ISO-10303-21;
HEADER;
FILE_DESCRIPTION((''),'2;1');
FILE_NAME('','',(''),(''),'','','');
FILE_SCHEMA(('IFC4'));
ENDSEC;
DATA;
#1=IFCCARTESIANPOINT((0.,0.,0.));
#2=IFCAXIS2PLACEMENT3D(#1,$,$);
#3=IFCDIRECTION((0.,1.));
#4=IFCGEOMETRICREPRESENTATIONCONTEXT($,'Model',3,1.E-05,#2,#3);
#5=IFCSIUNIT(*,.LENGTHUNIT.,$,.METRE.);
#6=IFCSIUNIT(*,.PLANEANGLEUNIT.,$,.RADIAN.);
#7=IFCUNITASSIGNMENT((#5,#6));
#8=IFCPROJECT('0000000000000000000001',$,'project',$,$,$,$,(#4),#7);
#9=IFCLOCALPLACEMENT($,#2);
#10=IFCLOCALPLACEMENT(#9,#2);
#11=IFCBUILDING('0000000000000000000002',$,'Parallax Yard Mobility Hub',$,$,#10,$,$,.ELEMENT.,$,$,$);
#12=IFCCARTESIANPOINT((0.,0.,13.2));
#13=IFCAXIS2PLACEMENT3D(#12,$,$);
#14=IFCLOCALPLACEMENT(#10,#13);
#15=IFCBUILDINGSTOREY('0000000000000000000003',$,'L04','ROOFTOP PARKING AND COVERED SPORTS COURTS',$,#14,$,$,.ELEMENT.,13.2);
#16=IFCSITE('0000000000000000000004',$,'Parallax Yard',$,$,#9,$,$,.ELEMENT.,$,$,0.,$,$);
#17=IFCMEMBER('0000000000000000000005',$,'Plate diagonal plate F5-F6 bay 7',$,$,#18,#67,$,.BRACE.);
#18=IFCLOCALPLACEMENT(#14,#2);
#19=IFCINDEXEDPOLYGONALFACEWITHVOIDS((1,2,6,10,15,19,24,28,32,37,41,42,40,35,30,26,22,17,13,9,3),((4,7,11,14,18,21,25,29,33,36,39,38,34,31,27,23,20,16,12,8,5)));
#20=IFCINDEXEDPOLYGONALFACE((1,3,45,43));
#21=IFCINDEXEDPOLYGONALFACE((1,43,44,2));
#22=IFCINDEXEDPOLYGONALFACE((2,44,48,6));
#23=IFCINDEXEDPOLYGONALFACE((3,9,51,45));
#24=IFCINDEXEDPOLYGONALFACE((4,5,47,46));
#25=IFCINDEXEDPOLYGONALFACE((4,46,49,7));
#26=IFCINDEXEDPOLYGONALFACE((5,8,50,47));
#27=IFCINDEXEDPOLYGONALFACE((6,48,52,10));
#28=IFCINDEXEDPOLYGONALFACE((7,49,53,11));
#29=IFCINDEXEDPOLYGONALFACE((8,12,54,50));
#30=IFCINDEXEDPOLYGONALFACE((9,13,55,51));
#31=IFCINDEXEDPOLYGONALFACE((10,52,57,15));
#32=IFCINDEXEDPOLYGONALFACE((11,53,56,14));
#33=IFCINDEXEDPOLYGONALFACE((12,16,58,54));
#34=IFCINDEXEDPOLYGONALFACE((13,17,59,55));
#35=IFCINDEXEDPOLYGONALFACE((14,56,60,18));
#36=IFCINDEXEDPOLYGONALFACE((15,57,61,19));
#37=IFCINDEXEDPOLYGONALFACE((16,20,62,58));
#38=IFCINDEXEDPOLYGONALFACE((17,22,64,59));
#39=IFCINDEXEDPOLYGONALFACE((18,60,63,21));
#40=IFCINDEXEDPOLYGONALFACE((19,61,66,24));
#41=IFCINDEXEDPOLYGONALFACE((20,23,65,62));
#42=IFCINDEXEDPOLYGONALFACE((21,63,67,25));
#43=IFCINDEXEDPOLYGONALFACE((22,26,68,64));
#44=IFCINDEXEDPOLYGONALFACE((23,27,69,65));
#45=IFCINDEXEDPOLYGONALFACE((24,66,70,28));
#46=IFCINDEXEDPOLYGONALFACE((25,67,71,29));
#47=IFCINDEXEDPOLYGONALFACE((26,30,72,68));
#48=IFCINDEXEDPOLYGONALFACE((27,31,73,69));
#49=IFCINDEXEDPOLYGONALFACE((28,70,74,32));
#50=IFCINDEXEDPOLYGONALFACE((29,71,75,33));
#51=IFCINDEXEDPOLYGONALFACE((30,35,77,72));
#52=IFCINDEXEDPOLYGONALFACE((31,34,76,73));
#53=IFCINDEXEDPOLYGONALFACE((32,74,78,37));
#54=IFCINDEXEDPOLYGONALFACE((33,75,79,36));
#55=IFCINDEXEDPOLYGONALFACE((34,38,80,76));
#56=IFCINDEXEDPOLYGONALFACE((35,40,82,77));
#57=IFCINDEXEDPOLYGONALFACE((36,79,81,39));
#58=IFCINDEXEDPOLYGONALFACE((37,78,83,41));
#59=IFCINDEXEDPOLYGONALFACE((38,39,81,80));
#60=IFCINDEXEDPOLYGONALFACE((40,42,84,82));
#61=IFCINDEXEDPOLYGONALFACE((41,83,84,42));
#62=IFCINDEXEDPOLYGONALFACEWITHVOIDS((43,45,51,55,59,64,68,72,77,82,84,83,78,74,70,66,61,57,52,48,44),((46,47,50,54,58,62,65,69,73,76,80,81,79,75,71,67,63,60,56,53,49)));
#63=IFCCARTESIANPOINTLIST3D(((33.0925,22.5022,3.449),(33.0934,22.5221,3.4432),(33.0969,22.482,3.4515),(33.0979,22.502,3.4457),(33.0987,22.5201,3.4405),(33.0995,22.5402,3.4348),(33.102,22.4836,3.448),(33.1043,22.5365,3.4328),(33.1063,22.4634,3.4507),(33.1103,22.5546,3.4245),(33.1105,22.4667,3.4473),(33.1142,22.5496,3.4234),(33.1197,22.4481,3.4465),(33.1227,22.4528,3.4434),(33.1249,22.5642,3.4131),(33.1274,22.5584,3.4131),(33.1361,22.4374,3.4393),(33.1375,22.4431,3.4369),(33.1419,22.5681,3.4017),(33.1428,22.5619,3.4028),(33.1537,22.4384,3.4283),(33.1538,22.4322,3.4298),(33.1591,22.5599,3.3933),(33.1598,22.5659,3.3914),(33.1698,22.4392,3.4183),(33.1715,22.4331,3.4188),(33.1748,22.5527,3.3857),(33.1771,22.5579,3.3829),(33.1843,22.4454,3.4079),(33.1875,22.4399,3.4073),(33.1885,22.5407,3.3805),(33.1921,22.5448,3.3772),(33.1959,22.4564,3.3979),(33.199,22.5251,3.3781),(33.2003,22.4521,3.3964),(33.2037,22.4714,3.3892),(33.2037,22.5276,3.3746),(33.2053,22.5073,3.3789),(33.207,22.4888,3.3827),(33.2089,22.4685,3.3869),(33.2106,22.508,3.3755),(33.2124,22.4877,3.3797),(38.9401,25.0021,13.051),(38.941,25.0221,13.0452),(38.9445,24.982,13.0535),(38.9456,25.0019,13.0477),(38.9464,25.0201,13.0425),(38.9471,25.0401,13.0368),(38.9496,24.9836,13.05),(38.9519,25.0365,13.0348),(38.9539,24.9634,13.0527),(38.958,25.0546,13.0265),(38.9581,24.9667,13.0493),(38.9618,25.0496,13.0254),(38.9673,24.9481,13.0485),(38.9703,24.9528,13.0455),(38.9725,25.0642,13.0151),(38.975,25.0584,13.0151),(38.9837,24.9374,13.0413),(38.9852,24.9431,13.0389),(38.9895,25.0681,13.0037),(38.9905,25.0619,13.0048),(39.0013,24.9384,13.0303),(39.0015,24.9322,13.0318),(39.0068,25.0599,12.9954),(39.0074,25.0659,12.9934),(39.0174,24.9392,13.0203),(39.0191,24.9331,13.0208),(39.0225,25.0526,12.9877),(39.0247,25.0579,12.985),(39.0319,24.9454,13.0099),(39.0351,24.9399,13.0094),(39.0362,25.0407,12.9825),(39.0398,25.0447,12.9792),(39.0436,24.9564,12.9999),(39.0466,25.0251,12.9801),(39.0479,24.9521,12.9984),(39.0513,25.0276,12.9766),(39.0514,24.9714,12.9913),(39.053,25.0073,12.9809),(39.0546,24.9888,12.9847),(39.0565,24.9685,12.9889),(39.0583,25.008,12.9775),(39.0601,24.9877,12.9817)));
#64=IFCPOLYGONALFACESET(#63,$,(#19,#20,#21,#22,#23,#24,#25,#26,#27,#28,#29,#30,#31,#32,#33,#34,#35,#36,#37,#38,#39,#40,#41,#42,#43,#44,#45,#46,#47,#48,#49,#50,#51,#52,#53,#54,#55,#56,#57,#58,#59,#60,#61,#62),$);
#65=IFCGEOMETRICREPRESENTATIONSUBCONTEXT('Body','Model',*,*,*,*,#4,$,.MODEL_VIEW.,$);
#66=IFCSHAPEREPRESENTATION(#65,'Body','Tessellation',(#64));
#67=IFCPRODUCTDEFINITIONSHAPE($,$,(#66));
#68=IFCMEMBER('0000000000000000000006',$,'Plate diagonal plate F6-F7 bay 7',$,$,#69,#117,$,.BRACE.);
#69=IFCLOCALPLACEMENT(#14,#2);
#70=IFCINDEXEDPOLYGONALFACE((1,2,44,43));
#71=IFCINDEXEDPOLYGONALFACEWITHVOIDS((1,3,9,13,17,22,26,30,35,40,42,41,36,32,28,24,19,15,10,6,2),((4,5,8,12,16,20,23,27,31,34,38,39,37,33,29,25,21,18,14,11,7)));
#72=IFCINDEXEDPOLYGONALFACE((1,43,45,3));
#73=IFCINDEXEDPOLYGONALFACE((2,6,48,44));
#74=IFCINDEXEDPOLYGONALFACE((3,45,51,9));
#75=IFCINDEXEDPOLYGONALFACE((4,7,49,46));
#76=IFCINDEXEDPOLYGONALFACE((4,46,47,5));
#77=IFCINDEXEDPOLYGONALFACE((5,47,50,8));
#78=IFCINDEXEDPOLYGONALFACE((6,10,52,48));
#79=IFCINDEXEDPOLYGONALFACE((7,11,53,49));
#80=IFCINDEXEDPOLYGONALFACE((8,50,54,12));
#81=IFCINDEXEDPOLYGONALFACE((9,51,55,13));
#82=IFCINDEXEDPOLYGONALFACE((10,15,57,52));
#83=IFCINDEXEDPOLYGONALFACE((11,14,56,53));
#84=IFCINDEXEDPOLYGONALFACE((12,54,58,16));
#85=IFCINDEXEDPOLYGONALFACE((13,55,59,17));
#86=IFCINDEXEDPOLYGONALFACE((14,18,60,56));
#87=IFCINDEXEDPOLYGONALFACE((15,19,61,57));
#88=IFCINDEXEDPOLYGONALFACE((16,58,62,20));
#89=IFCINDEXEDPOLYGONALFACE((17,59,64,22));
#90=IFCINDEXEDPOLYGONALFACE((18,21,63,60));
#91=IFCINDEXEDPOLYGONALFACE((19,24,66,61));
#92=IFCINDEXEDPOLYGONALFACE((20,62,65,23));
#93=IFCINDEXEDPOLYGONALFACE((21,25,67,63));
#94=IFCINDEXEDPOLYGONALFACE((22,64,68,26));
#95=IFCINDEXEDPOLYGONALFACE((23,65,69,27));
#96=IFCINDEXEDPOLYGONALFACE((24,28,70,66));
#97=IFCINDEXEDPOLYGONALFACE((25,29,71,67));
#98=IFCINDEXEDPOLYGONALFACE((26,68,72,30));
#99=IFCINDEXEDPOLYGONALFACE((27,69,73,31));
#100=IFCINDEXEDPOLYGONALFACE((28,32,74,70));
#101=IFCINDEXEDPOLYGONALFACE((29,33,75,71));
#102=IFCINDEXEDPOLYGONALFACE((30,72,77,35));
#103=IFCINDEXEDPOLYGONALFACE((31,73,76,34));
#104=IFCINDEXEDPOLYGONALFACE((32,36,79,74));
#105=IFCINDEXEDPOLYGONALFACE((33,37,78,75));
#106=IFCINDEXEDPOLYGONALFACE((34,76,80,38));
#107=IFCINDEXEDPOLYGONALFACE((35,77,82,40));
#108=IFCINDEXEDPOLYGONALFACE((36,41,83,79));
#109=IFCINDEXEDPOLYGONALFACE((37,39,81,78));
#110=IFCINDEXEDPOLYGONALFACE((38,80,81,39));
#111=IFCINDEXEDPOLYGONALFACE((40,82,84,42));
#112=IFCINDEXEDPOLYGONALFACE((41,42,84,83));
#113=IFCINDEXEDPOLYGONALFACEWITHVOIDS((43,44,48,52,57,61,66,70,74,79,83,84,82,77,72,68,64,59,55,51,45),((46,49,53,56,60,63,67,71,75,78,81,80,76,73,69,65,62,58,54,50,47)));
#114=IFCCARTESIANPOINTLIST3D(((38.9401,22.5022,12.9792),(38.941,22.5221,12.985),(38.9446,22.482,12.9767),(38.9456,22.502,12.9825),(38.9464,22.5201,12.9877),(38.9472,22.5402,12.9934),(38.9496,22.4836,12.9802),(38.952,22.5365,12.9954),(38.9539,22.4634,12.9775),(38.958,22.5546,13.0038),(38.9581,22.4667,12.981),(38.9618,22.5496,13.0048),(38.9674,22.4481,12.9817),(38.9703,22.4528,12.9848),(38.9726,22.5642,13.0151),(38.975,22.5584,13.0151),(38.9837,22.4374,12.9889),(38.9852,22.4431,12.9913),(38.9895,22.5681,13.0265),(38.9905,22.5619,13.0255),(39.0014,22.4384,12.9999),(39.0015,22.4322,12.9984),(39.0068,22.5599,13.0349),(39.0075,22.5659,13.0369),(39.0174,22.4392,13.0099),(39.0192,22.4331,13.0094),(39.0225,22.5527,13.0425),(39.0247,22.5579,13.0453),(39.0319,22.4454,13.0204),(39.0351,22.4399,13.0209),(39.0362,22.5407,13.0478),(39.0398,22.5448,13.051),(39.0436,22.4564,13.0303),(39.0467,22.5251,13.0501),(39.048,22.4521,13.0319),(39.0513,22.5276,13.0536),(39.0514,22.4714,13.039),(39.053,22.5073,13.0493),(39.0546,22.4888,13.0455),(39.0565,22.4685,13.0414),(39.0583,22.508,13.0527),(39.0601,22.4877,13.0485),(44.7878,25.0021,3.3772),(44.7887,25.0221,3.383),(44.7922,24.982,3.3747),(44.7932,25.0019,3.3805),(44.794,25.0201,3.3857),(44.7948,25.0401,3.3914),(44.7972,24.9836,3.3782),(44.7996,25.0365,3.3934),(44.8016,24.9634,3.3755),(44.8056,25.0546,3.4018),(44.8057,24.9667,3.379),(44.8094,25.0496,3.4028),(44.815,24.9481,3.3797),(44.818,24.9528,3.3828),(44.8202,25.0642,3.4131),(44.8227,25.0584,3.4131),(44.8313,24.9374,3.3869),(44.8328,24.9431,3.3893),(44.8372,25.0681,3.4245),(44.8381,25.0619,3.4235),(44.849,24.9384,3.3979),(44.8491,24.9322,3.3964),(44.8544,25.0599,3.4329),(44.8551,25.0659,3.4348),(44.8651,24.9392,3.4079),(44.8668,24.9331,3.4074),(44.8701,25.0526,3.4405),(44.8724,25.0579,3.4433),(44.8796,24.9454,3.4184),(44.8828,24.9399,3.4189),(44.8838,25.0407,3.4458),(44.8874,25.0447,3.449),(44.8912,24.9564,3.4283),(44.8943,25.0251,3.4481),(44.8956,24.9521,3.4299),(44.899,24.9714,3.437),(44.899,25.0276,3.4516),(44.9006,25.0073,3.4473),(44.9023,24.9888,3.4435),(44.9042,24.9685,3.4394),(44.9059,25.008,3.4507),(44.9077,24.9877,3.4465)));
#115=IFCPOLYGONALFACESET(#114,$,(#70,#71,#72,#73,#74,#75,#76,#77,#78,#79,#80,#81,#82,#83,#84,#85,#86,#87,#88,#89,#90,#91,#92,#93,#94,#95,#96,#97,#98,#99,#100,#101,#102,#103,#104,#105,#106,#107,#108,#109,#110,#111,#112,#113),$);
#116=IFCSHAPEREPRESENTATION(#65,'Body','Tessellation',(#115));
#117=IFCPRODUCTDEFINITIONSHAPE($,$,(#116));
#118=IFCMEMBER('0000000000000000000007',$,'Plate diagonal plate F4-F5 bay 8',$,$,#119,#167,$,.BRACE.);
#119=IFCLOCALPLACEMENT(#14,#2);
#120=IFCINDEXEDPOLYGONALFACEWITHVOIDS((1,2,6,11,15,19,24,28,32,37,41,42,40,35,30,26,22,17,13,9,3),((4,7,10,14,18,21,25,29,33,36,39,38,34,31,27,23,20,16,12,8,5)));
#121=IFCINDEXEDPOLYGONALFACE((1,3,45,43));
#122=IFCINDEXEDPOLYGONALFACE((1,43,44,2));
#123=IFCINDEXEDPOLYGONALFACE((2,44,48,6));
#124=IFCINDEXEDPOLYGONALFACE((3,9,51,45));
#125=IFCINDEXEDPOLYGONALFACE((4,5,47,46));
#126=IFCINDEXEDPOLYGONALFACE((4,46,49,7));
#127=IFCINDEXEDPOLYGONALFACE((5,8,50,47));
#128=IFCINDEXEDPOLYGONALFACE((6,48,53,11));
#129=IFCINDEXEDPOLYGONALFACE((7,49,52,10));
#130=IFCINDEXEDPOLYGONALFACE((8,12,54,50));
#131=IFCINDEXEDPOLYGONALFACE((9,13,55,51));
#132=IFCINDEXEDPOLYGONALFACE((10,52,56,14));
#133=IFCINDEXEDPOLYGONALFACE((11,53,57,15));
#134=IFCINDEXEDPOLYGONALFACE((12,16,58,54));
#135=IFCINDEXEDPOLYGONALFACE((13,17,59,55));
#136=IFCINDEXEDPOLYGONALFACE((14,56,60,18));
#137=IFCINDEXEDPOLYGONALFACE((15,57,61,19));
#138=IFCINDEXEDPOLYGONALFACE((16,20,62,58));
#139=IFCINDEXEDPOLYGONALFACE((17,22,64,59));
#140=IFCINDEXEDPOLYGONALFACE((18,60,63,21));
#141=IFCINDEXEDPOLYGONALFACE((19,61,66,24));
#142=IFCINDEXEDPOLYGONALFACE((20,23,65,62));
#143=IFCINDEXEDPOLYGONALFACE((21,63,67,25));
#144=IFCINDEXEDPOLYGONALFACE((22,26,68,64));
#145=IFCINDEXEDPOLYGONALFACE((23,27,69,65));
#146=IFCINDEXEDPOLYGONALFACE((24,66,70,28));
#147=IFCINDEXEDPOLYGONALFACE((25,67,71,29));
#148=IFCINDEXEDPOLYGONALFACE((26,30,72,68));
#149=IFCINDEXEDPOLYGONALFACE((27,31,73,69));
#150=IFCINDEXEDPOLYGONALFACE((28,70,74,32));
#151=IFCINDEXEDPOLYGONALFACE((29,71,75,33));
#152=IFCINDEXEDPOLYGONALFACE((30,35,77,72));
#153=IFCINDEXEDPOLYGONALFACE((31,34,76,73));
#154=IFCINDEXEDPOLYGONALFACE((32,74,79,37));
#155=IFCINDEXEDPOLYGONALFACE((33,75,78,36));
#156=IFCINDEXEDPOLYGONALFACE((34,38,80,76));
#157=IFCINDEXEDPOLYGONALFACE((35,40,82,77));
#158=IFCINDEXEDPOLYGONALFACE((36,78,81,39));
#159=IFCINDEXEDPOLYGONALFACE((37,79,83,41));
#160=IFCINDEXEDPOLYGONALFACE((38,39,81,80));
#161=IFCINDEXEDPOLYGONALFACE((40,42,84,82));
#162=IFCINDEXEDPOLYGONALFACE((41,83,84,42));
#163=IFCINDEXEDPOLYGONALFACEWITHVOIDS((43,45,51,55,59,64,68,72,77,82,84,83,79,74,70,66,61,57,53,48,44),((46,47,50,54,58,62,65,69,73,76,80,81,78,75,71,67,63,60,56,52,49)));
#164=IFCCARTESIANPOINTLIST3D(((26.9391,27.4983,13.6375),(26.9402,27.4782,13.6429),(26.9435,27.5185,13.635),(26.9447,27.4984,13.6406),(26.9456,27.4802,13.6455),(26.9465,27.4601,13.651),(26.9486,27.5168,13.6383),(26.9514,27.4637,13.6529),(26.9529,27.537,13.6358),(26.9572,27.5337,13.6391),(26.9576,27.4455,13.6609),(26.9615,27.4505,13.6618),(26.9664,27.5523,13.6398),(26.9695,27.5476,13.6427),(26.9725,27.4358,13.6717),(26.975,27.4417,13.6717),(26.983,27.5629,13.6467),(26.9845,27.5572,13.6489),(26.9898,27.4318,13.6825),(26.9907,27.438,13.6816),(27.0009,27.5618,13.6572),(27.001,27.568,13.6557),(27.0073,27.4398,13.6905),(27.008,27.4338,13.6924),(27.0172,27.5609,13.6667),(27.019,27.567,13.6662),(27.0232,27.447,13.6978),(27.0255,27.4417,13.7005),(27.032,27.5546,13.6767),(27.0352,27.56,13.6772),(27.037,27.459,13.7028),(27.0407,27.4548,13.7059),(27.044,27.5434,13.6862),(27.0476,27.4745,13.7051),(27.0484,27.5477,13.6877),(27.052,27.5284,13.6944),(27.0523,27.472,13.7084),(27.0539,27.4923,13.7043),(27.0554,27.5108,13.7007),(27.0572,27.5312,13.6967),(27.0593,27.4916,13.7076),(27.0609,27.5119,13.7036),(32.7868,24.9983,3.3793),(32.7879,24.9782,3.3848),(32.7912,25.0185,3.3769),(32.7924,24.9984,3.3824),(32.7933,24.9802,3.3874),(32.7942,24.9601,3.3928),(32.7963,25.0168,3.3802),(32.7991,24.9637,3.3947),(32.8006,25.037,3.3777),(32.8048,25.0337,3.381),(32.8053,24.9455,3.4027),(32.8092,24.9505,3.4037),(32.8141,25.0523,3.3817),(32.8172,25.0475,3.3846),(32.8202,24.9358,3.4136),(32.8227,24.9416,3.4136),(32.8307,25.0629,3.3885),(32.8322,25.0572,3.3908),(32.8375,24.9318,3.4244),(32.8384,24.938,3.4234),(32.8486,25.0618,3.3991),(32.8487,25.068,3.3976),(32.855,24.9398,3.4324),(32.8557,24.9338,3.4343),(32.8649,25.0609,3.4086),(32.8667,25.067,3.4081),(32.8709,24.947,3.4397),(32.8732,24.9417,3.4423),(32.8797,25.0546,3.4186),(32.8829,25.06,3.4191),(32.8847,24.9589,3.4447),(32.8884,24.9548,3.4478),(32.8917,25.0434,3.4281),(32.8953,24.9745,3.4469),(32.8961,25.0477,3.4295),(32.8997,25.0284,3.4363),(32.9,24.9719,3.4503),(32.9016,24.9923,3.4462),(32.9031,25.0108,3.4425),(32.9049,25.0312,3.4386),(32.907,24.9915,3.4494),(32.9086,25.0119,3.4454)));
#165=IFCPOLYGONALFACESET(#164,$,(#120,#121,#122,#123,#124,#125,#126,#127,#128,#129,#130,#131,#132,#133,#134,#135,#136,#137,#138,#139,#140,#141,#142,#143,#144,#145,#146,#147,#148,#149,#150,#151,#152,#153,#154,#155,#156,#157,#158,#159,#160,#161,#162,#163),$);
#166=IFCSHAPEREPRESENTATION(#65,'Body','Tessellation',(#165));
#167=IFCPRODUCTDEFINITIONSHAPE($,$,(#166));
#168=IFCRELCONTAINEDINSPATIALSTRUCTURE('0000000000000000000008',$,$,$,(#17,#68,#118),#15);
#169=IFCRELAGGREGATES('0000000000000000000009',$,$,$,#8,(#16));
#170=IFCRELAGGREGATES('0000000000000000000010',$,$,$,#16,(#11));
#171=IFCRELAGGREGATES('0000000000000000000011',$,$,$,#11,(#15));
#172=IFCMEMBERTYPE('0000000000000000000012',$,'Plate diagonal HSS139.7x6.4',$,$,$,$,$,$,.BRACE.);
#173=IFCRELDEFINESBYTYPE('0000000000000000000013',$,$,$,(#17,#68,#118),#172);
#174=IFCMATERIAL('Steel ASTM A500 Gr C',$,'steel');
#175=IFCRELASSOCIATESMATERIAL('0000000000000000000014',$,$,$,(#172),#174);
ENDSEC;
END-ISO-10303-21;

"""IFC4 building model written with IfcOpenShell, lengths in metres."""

from ifc_helpers import new_model, si_unit, direction, frame, origin, origin_2d, place, context, subcontext, project, spatial, hollow_circle, extrude, material, material_profile, profile_set, type_object, element, save


model = new_model("IFC4")

# Units and contexts
model_context = context("Model", 3, precision=1e-05, world=origin(), true_north=direction((0.0, 1.0)))
body_context = subcontext(model_context, "Body", "Model", "MODEL_VIEW")
ifc_project = project(units=[si_unit("LENGTHUNIT", "METRE"), si_unit("PLANEANGLEUNIT", "RADIAN")], contexts=[model_context])

# Site, building, storey
site_placement = place(None, origin())
site = spatial("IfcSite", under=ifc_project, at=site_placement, Name="Parallax Yard", CompositionType="ELEMENT", RefElevation=0.0)
building_placement = place(site_placement, origin())
building = spatial("IfcBuilding", under=site, at=building_placement, Name="Parallax Yard Mobility Hub", CompositionType="ELEMENT")
storey_placement = place(building_placement, frame((0.0, 0.0, 13.2)))
storey = spatial("IfcBuildingStorey", under=building, at=storey_placement, Name="L04", Description="ROOFTOP PARKING AND COVERED SPORTS COURTS", CompositionType="ELEMENT", Elevation=13.2)

# Members
ifc_material_1 = material(Name="Steel ASTM A500 Gr C", Category="steel")
ifc_material_profile_1 = material_profile(ifc_material_1, hollow_circle(Radius=0.0698, WallThickness=0.0063, at=origin_2d()), Name="HSS139.7x6.4")
ifc_profile_set_1 = profile_set([ifc_material_profile_1], Name="Steel ASTM A500 Gr C")
member_type_1 = type_object("IfcMemberType", Name="Plate diagonal HSS139.7x6.4", PredefinedType="BRACE", material=ifc_profile_set_1)
for number, where, z_axis, x_axis, name in (
    (1, (33.1523, 22.5, 3.4131), (0.507735, 0.217068, 0.833718), (-0.393104, 0.919494, 0.0), "Plate diagonal plate F5-F6 bay 7"),
    (2, (39.0, 22.5, 13.0151), (0.507735, 0.217068, -0.833718), (-0.393104, 0.919494, 0.0), "Plate diagonal plate F6-F7 bay 7"),
):
    element("IfcMember", number, at=place(storey_placement, frame(where, z_axis=z_axis, x_axis=x_axis)), inside=storey, type_object=member_type_1, Name=name, PredefinedType="BRACE", context=body_context, shape_type="SweptSolid", body=[
        extrude(hollow_circle(Radius=0.0698, WallThickness=0.0063, at=origin_2d()), origin(), (0.0, 0.0, 1.0), 11.5171),
    ])
member_1_placement = place(storey_placement, frame((32.8477, 25.0, 3.4136), z_axis=(-0.484499, 0.207134, 0.849916), x_axis=(-0.393104, -0.919494, 0.0)))
element("IfcMember", 3, at=member_1_placement, inside=storey, type_object=member_type_1, Name="Plate diagonal plate F4-F5 bay 8", PredefinedType="BRACE", context=body_context, shape_type="SweptSolid", body=[
    extrude(hollow_circle(Radius=0.0698, WallThickness=0.0063, at=origin_2d()), origin(), (0.0, 0.0, 1.0), 12.0696),
])

save(model, "model.ifc")
